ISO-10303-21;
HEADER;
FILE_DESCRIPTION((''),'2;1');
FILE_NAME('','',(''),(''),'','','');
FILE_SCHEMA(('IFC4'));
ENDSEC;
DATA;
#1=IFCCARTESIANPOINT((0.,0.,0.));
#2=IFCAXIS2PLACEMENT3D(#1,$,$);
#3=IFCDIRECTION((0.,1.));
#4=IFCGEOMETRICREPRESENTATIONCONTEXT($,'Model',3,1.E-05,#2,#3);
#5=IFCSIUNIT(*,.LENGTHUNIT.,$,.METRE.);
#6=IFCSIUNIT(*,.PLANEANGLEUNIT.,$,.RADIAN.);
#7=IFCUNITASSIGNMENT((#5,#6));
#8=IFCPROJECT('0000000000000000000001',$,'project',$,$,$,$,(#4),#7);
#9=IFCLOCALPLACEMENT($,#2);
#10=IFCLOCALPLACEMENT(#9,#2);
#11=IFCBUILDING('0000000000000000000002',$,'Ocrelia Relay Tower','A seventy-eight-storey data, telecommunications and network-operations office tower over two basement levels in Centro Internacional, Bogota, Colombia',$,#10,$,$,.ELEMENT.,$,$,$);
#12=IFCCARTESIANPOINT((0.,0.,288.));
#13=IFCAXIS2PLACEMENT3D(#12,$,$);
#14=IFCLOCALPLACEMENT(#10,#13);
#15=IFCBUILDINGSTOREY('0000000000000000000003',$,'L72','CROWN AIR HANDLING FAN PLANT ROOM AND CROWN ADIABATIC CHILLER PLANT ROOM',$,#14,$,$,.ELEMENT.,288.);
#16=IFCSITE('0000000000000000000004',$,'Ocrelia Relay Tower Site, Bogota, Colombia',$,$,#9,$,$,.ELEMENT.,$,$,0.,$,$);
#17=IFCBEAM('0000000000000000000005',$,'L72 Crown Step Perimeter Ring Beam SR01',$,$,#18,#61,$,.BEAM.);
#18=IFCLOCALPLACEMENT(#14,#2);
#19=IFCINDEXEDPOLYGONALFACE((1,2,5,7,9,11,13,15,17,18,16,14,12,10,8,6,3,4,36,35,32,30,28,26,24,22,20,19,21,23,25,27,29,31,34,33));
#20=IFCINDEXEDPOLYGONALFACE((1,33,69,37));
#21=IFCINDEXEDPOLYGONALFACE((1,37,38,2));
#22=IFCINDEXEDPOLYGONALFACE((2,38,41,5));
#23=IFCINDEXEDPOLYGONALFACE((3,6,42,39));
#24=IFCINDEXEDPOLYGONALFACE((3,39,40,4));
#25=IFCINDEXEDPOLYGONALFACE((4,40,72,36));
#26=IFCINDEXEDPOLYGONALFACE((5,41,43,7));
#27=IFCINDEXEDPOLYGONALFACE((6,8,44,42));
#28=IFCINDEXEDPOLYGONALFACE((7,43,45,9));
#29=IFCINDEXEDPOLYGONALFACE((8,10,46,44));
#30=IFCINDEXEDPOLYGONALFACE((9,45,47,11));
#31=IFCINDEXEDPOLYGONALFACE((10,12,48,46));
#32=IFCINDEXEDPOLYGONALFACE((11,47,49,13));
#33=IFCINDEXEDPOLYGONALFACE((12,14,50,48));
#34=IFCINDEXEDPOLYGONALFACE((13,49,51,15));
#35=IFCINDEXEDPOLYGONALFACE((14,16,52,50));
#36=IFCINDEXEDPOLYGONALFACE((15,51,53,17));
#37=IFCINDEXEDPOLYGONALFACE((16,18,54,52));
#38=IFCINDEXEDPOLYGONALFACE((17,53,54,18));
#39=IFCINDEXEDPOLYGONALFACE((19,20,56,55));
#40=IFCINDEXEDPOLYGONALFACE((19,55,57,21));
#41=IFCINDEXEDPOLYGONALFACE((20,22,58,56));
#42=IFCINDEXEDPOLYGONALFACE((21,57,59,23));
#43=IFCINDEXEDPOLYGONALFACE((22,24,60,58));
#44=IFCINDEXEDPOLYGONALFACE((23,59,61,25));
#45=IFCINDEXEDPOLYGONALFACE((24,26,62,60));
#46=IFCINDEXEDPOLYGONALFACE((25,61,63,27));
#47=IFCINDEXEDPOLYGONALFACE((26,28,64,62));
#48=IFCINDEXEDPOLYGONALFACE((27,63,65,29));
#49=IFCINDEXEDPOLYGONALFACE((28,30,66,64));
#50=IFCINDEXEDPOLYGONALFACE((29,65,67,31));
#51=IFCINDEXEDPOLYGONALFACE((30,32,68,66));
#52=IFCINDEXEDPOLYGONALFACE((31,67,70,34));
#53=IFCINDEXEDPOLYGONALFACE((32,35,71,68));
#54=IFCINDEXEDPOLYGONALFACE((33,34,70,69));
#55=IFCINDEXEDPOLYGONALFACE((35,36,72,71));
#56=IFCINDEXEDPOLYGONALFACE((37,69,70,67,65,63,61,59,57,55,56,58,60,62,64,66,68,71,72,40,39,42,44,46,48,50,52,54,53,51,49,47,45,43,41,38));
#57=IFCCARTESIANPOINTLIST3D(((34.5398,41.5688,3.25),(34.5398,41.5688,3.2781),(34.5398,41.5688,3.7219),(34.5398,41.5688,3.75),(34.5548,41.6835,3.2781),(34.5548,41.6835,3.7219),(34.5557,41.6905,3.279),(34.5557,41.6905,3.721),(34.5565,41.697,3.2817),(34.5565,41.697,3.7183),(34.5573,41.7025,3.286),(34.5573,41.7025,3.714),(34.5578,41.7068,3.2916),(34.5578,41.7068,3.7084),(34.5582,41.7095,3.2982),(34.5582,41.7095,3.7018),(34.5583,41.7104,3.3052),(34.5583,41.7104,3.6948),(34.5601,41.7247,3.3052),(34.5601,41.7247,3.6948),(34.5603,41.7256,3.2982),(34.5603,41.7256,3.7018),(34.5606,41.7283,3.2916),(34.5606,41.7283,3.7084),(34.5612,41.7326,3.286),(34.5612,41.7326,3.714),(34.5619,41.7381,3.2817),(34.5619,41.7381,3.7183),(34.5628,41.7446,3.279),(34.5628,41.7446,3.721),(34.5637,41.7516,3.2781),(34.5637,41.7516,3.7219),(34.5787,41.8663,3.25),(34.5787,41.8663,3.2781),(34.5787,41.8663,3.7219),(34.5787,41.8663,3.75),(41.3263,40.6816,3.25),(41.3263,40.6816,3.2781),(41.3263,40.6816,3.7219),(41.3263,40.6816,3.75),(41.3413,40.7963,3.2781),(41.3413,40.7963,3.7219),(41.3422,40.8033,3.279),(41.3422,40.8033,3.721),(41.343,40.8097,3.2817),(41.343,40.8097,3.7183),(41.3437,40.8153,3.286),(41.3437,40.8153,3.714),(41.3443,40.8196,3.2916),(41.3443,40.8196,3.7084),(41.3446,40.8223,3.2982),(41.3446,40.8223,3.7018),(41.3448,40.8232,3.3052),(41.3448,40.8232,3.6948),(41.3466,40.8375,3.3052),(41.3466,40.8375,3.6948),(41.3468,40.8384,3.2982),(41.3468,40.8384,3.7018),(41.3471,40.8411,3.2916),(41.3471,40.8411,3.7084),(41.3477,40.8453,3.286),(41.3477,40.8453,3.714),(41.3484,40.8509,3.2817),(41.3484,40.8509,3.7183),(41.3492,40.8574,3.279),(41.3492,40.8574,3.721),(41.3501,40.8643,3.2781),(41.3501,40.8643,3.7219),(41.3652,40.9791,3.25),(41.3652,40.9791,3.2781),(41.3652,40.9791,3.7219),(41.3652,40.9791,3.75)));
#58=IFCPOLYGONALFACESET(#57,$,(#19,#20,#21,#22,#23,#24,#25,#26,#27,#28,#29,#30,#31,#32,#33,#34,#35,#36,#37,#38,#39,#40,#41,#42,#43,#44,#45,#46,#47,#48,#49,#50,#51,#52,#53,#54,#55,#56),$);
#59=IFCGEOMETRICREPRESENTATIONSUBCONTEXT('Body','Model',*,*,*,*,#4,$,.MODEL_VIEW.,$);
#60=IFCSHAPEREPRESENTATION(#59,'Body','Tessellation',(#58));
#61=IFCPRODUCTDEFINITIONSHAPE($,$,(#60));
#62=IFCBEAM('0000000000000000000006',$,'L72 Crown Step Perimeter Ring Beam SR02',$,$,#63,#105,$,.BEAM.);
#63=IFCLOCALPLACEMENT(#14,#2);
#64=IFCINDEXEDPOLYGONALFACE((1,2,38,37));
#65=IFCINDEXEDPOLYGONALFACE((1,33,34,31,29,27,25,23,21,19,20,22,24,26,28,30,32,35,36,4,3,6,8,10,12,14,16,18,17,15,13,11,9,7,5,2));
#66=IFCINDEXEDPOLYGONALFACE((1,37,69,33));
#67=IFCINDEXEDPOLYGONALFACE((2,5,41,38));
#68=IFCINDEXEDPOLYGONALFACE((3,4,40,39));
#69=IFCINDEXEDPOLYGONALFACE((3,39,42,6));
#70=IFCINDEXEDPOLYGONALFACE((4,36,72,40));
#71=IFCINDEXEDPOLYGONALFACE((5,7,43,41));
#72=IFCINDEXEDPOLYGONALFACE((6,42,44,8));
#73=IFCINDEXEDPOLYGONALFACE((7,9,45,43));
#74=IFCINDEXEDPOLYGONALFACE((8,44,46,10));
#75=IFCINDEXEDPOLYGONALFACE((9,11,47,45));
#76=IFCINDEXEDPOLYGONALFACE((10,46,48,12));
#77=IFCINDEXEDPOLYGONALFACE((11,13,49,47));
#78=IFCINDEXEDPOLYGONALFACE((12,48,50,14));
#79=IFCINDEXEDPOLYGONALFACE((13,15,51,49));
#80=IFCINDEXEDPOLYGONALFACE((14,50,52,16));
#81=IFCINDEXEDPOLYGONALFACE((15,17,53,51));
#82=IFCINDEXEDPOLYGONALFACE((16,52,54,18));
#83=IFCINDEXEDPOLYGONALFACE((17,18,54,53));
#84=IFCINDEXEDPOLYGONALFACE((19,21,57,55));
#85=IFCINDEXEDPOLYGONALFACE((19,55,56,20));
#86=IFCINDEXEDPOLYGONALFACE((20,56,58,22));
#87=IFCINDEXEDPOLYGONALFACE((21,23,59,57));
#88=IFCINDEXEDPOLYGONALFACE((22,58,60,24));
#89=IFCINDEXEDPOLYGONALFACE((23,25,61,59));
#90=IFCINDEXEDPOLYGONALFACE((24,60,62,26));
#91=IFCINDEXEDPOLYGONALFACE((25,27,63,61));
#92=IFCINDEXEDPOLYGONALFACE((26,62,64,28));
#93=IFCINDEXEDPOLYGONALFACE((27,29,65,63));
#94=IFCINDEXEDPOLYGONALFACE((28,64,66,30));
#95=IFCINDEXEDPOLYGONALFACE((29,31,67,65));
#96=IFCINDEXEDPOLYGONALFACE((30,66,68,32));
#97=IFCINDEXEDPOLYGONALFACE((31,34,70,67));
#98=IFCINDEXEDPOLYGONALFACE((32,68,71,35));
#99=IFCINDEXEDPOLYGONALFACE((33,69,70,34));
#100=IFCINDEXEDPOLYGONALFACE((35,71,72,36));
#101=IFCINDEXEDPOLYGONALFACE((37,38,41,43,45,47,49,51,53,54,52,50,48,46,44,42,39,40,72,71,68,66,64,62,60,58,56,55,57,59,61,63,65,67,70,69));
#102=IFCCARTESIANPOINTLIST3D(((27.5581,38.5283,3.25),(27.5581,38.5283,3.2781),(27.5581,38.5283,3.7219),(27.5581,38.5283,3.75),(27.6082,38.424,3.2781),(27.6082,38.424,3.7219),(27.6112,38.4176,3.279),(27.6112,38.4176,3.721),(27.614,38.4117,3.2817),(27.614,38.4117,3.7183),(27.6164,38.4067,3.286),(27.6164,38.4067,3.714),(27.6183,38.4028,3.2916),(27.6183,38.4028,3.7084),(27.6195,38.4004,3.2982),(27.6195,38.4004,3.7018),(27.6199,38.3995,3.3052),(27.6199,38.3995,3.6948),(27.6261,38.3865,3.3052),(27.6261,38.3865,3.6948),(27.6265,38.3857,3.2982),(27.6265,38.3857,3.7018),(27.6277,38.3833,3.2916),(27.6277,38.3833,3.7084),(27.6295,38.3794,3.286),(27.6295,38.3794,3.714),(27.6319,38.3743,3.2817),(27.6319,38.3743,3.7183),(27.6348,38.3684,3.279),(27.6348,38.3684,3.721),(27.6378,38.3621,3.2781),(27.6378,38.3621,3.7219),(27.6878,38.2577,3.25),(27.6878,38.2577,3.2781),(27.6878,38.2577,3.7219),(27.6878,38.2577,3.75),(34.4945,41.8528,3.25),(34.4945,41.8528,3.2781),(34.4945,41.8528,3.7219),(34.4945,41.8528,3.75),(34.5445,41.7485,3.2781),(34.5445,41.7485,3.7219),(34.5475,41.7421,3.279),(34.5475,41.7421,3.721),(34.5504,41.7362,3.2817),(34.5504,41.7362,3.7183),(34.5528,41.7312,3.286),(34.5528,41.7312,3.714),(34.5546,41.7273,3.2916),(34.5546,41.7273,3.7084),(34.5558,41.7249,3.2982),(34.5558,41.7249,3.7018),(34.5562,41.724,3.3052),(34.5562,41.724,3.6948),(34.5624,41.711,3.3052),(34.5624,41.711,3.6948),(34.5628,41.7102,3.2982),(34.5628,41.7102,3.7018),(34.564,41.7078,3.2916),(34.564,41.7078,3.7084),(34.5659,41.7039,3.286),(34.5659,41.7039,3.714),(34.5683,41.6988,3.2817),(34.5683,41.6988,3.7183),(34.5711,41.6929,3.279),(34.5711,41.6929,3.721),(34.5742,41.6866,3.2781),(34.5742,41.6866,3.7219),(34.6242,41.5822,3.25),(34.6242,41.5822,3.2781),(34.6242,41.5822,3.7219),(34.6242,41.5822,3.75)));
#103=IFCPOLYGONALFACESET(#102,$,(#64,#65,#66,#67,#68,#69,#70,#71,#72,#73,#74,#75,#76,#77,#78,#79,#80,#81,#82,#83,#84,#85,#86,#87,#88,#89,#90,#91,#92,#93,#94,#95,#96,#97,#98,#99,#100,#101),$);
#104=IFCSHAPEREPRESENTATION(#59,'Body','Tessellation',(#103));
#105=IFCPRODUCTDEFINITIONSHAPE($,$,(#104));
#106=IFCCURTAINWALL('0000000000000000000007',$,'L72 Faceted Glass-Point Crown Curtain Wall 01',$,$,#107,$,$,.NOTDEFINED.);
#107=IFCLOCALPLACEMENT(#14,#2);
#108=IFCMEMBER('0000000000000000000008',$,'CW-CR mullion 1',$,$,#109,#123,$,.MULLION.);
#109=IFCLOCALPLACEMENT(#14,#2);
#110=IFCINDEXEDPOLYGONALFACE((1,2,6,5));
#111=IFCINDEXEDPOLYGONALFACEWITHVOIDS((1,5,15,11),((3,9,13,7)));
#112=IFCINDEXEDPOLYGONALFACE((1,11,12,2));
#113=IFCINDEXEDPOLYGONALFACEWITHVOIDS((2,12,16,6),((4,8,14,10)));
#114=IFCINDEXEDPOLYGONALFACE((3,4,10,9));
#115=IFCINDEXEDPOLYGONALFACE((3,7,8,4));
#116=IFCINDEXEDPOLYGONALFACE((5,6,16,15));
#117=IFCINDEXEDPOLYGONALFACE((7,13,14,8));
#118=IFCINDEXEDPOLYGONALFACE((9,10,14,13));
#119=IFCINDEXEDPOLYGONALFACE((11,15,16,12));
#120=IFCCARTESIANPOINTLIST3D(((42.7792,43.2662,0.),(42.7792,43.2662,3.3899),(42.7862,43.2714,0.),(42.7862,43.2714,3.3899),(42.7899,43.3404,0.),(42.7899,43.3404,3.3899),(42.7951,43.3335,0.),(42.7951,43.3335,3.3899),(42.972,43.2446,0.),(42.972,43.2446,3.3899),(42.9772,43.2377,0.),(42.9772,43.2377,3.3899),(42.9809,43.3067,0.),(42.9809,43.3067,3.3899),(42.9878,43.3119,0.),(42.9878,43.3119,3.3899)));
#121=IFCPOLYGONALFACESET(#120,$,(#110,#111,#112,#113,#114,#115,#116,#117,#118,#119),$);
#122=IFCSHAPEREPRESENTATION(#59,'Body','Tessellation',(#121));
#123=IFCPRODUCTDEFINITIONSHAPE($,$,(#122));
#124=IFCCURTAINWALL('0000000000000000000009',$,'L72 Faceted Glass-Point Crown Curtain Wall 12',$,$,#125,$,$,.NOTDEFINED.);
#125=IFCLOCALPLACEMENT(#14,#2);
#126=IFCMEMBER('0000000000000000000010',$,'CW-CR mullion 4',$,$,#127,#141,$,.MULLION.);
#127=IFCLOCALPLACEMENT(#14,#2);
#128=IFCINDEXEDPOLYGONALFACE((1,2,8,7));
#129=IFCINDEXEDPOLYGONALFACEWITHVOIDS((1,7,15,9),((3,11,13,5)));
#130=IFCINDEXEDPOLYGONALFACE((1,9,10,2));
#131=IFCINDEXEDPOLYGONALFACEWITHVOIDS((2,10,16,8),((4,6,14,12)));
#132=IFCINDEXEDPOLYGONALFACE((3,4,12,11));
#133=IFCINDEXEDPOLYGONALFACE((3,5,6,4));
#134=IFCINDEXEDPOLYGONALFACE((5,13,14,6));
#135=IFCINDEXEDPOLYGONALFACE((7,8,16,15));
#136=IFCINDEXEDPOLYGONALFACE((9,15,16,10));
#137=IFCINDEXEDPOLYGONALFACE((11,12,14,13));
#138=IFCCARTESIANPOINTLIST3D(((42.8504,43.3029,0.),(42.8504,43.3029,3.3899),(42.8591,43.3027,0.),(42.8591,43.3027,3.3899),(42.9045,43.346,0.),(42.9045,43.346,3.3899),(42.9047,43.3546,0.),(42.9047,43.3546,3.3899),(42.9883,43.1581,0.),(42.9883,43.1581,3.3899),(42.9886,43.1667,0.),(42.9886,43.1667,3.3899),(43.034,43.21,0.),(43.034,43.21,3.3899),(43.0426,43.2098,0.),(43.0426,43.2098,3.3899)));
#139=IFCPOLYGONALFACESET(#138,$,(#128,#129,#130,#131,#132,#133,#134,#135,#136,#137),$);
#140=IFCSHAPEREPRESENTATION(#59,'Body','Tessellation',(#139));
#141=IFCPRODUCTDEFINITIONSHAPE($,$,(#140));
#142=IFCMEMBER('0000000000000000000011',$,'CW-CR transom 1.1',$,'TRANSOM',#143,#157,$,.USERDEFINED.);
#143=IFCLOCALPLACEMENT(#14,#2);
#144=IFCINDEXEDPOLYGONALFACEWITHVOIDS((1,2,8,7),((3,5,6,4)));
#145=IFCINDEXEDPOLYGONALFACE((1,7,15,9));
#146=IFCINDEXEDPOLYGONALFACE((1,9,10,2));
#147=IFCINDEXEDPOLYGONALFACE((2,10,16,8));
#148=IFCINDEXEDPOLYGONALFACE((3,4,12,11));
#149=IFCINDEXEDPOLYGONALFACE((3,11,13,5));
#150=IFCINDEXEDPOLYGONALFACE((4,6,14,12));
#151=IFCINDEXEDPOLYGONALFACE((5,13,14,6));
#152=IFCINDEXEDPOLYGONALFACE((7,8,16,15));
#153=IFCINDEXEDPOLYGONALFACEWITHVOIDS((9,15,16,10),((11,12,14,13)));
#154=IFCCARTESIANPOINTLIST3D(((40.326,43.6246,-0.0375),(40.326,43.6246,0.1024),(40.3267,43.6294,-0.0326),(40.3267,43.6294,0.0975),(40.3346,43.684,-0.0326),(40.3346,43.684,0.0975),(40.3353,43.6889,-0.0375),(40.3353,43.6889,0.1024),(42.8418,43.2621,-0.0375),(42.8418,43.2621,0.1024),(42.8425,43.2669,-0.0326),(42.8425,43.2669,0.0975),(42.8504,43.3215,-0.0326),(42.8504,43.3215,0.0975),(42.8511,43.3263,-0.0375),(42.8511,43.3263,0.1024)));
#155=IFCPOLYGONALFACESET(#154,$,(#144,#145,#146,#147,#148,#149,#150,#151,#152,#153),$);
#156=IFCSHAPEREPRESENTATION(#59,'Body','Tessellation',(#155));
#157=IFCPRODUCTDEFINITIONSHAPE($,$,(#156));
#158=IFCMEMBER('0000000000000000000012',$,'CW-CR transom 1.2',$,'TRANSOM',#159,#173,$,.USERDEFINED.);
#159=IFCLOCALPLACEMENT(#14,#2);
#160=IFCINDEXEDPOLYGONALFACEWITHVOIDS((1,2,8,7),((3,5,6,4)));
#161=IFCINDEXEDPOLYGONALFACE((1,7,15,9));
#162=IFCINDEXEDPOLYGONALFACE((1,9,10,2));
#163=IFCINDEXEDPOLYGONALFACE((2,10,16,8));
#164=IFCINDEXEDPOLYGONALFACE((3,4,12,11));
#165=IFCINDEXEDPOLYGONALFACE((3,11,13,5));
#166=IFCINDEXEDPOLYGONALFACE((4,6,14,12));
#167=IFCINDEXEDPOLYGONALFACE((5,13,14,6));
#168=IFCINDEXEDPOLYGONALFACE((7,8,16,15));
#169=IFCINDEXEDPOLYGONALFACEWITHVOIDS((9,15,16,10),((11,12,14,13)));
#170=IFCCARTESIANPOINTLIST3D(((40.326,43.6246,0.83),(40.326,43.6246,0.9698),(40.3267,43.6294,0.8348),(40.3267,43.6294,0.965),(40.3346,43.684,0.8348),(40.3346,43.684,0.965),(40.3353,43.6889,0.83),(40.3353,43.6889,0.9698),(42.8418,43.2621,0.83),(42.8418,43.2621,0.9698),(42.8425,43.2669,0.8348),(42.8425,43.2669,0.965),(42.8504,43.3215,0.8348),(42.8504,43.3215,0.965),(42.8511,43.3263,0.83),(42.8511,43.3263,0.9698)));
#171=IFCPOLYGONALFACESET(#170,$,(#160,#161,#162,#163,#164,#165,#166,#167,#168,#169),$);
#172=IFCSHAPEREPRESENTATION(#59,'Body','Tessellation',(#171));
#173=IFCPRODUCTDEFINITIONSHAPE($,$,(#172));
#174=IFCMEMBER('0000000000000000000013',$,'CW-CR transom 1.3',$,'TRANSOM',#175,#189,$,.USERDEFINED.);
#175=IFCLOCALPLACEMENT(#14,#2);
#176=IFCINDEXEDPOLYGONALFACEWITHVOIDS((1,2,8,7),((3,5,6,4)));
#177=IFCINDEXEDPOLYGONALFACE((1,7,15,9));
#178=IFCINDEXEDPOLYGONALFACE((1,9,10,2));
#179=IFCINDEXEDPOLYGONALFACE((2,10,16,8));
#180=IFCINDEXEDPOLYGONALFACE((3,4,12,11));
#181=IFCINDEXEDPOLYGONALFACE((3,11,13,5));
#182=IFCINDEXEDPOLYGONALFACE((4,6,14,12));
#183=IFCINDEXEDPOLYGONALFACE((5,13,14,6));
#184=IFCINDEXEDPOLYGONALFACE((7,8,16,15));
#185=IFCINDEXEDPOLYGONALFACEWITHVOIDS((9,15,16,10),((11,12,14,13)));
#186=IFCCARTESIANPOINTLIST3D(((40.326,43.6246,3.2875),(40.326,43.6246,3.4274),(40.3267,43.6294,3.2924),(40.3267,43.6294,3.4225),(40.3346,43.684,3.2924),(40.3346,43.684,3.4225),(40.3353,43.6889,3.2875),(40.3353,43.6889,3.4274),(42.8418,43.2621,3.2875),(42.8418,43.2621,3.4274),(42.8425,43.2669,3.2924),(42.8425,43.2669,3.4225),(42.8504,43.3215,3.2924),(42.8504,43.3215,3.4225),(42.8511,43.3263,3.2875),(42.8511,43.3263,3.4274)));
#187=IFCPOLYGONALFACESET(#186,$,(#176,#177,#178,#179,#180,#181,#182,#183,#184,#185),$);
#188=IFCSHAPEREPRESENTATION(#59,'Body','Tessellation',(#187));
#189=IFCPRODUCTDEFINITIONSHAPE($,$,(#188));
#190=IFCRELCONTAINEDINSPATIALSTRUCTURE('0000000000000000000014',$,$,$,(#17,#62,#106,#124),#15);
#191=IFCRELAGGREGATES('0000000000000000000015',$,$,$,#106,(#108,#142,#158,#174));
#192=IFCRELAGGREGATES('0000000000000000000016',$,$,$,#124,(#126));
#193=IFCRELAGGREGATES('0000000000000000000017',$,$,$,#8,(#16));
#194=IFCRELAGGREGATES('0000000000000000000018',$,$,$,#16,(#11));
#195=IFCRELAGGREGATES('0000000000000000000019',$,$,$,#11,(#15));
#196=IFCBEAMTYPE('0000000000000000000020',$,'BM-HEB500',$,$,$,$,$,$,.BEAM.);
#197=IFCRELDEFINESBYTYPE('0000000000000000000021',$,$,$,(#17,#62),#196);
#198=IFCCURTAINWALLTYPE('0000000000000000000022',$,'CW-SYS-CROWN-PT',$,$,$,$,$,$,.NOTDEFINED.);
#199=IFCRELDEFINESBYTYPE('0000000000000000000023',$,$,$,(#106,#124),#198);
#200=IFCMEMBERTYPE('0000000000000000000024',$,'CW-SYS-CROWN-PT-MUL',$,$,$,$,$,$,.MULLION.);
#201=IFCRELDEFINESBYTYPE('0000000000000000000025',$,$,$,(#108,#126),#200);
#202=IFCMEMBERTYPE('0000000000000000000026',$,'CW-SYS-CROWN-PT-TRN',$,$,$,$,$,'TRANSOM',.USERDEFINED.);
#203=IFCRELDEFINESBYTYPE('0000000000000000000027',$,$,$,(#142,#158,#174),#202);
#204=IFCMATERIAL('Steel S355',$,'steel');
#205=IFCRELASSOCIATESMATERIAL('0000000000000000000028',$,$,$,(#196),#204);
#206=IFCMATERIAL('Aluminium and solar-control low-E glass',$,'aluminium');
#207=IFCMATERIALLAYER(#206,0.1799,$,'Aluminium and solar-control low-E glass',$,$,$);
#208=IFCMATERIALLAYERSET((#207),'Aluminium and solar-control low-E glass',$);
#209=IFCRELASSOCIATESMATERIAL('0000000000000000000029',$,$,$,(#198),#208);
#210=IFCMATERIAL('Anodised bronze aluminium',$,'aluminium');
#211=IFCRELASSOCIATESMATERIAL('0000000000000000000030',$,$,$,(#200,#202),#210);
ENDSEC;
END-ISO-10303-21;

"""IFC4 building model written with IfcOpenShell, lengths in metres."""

from ifc_helpers import new_model, si_unit, direction, frame, origin, origin_2d, place, context, subcontext, project, spatial, hollow_rectangle, i_section, extrude, material, layer, layer_set, material_profile, profile_set, type_object, element, aggregate, save


model = new_model("IFC4")

# Units and contexts
model_context = context("Model", 3, precision=1e-05, world=origin(), true_north=direction((0.0, 1.0)))
body_context = subcontext(model_context, "Body", "Model", "MODEL_VIEW")
ifc_project = project(units=[si_unit("LENGTHUNIT", "METRE"), si_unit("PLANEANGLEUNIT", "RADIAN")], contexts=[model_context])

# Site, building, storey
site_placement = place(None, origin())
site = spatial("IfcSite", under=ifc_project, at=site_placement, Name="Ocrelia Relay Tower Site, Bogota, Colombia", CompositionType="ELEMENT", RefElevation=0.0)
building_placement = place(site_placement, origin())
building = spatial("IfcBuilding", under=site, at=building_placement, Name="Ocrelia Relay Tower", Description="A seventy-eight-storey data, telecommunications and network-operations office tower over two basement levels in Centro Internacional, Bogota, Colombia", CompositionType="ELEMENT")
storey_placement = place(building_placement, frame((0.0, 0.0, 288.0)))
storey = spatial("IfcBuildingStorey", under=building, at=storey_placement, Name="L72", Description="CROWN AIR HANDLING FAN PLANT ROOM AND CROWN ADIABATIC CHILLER PLANT ROOM", CompositionType="ELEMENT", Elevation=288.0)

# Beams
ifc_material_1 = material(Name="Steel S355", Category="steel")
ifc_material_profile_1 = material_profile(ifc_material_1, i_section(OverallWidth=0.3, OverallDepth=0.5, WebThickness=0.0144, FlangeThickness=0.0281, FilletRadius=0.0271, at=origin_2d()), Name="HEB 500")
ifc_profile_set_1 = profile_set([ifc_material_profile_1], Name="Steel S355")
beam_type_1 = type_object("IfcBeamType", Name="BM-HEB500", PredefinedType="BEAM", material=ifc_profile_set_1)
beam_1_placement = place(storey_placement, frame((41.3457, 40.8303, 3.5), z_axis=(-0.991562, 0.12963, 0.0), x_axis=(-0.12963, -0.991562, 0.0)))
element("IfcBeam", 1, at=beam_1_placement, inside=storey, type_object=beam_type_1, Name="L72 Crown Step Perimeter Ring Beam SR01", PredefinedType="BEAM", context=body_context, shape_type="SweptSolid", body=[
    extrude(i_section(OverallWidth=0.3, OverallDepth=0.5, WebThickness=0.0144, FlangeThickness=0.0281, FilletRadius=0.0271, at=origin_2d()), origin(), (0.0, 0.0, 1.0), 6.8442),
])
beam_2_placement = place(storey_placement, frame((34.5593, 41.7175, 3.5), z_axis=(-0.901774, -0.432208, 0.0), x_axis=(0.432208, -0.901774, 0.0)))
element("IfcBeam", 2, at=beam_2_placement, inside=storey, type_object=beam_type_1, Name="L72 Crown Step Perimeter Ring Beam SR02", PredefinedType="BEAM", context=body_context, shape_type="SweptSolid", body=[
    extrude(i_section(OverallWidth=0.3, OverallDepth=0.5, WebThickness=0.0144, FlangeThickness=0.0281, FilletRadius=0.0271, at=origin_2d()), origin(), (0.0, 0.0, 1.0), 7.6919),
])

# Curtain walls, members
ifc_material_2 = material(Name="Aluminium and solar-control low-E glass", Category="aluminium")
ifc_layer_1 = layer(ifc_material_2, 0.1799, Name="Aluminium and solar-control low-E glass")
ifc_layer_set_1 = layer_set([ifc_layer_1], Name="Aluminium and solar-control low-E glass")
curtain_wall_type = type_object("IfcCurtainWallType", Name="CW-SYS-CROWN-PT", PredefinedType="NOTDEFINED", material=ifc_layer_set_1)
curtain_wall_1_placement = place(storey_placement, origin())
curtain_wall_1 = element("IfcCurtainWall", 3, at=curtain_wall_1_placement, inside=storey, type_object=curtain_wall_type, Name="L72 Faceted Glass-Point Crown Curtain Wall 01", PredefinedType="NOTDEFINED")
ifc_material_3 = material(Name="Anodised bronze aluminium", Category="aluminium")
ifc_material_profile_2 = material_profile(ifc_material_3, hollow_rectangle(XDim=0.075, YDim=0.2, WallThickness=0.0061, at=origin_2d()), Name="CW-MUL-200x75")
ifc_profile_set_2 = profile_set([ifc_material_profile_2], Name="Anodised bronze aluminium")
member_type_1 = type_object("IfcMemberType", Name="CW-SYS-CROWN-PT-MUL", PredefinedType="MULLION", material=ifc_profile_set_2)
member_1_placement = place(storey_placement, frame((42.8835, 43.2891, 0.0), z_axis=(0.0, 0.0, 1.0), x_axis=(-0.142627, -0.989776, 0.0)))
member_1 = element("IfcMember", 4, at=member_1_placement, type_object=member_type_1, Name="CW-CR mullion 1", PredefinedType="MULLION", context=body_context, shape_type="SweptSolid", body=[
    extrude(hollow_rectangle(XDim=0.075, YDim=0.2, WallThickness=0.0061, at=origin_2d()), origin(), (0.0, 0.0, 1.0), 3.3899),
])
curtain_wall_2_placement = place(storey_placement, origin())
curtain_wall_2 = element("IfcCurtainWall", 5, at=curtain_wall_2_placement, inside=storey, type_object=curtain_wall_type, Name="L72 Faceted Glass-Point Crown Curtain Wall 12", PredefinedType="NOTDEFINED")
member_2_placement = place(storey_placement, frame((42.9465, 43.2563, 0.0), z_axis=(0.0, 0.0, 1.0), x_axis=(-0.724175, -0.689617, 0.0)))
member_2 = element("IfcMember", 6, at=member_2_placement, type_object=member_type_1, Name="CW-CR mullion 4", PredefinedType="MULLION", context=body_context, shape_type="SweptSolid", body=[
    extrude(hollow_rectangle(XDim=0.075, YDim=0.2, WallThickness=0.0061, at=origin_2d()), origin(), (0.0, 0.0, 1.0), 3.3899),
])

# Members
ifc_material_profile_3 = material_profile(ifc_material_3, hollow_rectangle(XDim=0.0649, YDim=0.1399, WallThickness=0.0049, at=origin_2d()), Name="CW-TRN-140x65")
ifc_profile_set_3 = profile_set([ifc_material_profile_3], Name="Anodised bronze aluminium")
member_type_2 = type_object("IfcMemberType", Name="CW-SYS-CROWN-PT-TRN", ElementType="TRANSOM", PredefinedType="USERDEFINED", material=ifc_profile_set_3)
member_3_placement = place(storey_placement, frame((42.8464, 43.2942, 0.0325), z_axis=(-0.989776, 0.142631, 0.0), x_axis=(-0.142631, -0.989776, 0.0)))
member_3 = element("IfcMember", 7, at=member_3_placement, type_object=member_type_2, Name="CW-CR transom 1.1", ObjectType="TRANSOM", PredefinedType="USERDEFINED", context=body_context, shape_type="SweptSolid", body=[
    extrude(hollow_rectangle(XDim=0.0649, YDim=0.1399, WallThickness=0.0049, at=origin_2d()), origin(), (0.0, 0.0, 1.0), 2.5417),
])
member_4_placement = place(storey_placement, frame((42.8464, 43.2942, 0.8999), z_axis=(-0.989776, 0.142631, 0.0), x_axis=(-0.142631, -0.989776, 0.0)))
member_4 = element("IfcMember", 8, at=member_4_placement, type_object=member_type_2, Name="CW-CR transom 1.2", ObjectType="TRANSOM", PredefinedType="USERDEFINED", context=body_context, shape_type="SweptSolid", body=[
    extrude(hollow_rectangle(XDim=0.0649, YDim=0.1399, WallThickness=0.0049, at=origin_2d()), origin(), (0.0, 0.0, 1.0), 2.5417),
])
member_5_placement = place(storey_placement, frame((42.8464, 43.2942, 3.3574), z_axis=(-0.989776, 0.142631, 0.0), x_axis=(-0.142631, -0.989776, 0.0)))
member_5 = element("IfcMember", 9, at=member_5_placement, type_object=member_type_2, Name="CW-CR transom 1.3", ObjectType="TRANSOM", PredefinedType="USERDEFINED", context=body_context, shape_type="SweptSolid", body=[
    extrude(hollow_rectangle(XDim=0.0649, YDim=0.1399, WallThickness=0.0049, at=origin_2d()), origin(), (0.0, 0.0, 1.0), 2.5417),
])

aggregate(curtain_wall_1, [member_1, member_3, member_4, member_5])
aggregate(curtain_wall_2, [member_2])

save(model, "model.ifc")
